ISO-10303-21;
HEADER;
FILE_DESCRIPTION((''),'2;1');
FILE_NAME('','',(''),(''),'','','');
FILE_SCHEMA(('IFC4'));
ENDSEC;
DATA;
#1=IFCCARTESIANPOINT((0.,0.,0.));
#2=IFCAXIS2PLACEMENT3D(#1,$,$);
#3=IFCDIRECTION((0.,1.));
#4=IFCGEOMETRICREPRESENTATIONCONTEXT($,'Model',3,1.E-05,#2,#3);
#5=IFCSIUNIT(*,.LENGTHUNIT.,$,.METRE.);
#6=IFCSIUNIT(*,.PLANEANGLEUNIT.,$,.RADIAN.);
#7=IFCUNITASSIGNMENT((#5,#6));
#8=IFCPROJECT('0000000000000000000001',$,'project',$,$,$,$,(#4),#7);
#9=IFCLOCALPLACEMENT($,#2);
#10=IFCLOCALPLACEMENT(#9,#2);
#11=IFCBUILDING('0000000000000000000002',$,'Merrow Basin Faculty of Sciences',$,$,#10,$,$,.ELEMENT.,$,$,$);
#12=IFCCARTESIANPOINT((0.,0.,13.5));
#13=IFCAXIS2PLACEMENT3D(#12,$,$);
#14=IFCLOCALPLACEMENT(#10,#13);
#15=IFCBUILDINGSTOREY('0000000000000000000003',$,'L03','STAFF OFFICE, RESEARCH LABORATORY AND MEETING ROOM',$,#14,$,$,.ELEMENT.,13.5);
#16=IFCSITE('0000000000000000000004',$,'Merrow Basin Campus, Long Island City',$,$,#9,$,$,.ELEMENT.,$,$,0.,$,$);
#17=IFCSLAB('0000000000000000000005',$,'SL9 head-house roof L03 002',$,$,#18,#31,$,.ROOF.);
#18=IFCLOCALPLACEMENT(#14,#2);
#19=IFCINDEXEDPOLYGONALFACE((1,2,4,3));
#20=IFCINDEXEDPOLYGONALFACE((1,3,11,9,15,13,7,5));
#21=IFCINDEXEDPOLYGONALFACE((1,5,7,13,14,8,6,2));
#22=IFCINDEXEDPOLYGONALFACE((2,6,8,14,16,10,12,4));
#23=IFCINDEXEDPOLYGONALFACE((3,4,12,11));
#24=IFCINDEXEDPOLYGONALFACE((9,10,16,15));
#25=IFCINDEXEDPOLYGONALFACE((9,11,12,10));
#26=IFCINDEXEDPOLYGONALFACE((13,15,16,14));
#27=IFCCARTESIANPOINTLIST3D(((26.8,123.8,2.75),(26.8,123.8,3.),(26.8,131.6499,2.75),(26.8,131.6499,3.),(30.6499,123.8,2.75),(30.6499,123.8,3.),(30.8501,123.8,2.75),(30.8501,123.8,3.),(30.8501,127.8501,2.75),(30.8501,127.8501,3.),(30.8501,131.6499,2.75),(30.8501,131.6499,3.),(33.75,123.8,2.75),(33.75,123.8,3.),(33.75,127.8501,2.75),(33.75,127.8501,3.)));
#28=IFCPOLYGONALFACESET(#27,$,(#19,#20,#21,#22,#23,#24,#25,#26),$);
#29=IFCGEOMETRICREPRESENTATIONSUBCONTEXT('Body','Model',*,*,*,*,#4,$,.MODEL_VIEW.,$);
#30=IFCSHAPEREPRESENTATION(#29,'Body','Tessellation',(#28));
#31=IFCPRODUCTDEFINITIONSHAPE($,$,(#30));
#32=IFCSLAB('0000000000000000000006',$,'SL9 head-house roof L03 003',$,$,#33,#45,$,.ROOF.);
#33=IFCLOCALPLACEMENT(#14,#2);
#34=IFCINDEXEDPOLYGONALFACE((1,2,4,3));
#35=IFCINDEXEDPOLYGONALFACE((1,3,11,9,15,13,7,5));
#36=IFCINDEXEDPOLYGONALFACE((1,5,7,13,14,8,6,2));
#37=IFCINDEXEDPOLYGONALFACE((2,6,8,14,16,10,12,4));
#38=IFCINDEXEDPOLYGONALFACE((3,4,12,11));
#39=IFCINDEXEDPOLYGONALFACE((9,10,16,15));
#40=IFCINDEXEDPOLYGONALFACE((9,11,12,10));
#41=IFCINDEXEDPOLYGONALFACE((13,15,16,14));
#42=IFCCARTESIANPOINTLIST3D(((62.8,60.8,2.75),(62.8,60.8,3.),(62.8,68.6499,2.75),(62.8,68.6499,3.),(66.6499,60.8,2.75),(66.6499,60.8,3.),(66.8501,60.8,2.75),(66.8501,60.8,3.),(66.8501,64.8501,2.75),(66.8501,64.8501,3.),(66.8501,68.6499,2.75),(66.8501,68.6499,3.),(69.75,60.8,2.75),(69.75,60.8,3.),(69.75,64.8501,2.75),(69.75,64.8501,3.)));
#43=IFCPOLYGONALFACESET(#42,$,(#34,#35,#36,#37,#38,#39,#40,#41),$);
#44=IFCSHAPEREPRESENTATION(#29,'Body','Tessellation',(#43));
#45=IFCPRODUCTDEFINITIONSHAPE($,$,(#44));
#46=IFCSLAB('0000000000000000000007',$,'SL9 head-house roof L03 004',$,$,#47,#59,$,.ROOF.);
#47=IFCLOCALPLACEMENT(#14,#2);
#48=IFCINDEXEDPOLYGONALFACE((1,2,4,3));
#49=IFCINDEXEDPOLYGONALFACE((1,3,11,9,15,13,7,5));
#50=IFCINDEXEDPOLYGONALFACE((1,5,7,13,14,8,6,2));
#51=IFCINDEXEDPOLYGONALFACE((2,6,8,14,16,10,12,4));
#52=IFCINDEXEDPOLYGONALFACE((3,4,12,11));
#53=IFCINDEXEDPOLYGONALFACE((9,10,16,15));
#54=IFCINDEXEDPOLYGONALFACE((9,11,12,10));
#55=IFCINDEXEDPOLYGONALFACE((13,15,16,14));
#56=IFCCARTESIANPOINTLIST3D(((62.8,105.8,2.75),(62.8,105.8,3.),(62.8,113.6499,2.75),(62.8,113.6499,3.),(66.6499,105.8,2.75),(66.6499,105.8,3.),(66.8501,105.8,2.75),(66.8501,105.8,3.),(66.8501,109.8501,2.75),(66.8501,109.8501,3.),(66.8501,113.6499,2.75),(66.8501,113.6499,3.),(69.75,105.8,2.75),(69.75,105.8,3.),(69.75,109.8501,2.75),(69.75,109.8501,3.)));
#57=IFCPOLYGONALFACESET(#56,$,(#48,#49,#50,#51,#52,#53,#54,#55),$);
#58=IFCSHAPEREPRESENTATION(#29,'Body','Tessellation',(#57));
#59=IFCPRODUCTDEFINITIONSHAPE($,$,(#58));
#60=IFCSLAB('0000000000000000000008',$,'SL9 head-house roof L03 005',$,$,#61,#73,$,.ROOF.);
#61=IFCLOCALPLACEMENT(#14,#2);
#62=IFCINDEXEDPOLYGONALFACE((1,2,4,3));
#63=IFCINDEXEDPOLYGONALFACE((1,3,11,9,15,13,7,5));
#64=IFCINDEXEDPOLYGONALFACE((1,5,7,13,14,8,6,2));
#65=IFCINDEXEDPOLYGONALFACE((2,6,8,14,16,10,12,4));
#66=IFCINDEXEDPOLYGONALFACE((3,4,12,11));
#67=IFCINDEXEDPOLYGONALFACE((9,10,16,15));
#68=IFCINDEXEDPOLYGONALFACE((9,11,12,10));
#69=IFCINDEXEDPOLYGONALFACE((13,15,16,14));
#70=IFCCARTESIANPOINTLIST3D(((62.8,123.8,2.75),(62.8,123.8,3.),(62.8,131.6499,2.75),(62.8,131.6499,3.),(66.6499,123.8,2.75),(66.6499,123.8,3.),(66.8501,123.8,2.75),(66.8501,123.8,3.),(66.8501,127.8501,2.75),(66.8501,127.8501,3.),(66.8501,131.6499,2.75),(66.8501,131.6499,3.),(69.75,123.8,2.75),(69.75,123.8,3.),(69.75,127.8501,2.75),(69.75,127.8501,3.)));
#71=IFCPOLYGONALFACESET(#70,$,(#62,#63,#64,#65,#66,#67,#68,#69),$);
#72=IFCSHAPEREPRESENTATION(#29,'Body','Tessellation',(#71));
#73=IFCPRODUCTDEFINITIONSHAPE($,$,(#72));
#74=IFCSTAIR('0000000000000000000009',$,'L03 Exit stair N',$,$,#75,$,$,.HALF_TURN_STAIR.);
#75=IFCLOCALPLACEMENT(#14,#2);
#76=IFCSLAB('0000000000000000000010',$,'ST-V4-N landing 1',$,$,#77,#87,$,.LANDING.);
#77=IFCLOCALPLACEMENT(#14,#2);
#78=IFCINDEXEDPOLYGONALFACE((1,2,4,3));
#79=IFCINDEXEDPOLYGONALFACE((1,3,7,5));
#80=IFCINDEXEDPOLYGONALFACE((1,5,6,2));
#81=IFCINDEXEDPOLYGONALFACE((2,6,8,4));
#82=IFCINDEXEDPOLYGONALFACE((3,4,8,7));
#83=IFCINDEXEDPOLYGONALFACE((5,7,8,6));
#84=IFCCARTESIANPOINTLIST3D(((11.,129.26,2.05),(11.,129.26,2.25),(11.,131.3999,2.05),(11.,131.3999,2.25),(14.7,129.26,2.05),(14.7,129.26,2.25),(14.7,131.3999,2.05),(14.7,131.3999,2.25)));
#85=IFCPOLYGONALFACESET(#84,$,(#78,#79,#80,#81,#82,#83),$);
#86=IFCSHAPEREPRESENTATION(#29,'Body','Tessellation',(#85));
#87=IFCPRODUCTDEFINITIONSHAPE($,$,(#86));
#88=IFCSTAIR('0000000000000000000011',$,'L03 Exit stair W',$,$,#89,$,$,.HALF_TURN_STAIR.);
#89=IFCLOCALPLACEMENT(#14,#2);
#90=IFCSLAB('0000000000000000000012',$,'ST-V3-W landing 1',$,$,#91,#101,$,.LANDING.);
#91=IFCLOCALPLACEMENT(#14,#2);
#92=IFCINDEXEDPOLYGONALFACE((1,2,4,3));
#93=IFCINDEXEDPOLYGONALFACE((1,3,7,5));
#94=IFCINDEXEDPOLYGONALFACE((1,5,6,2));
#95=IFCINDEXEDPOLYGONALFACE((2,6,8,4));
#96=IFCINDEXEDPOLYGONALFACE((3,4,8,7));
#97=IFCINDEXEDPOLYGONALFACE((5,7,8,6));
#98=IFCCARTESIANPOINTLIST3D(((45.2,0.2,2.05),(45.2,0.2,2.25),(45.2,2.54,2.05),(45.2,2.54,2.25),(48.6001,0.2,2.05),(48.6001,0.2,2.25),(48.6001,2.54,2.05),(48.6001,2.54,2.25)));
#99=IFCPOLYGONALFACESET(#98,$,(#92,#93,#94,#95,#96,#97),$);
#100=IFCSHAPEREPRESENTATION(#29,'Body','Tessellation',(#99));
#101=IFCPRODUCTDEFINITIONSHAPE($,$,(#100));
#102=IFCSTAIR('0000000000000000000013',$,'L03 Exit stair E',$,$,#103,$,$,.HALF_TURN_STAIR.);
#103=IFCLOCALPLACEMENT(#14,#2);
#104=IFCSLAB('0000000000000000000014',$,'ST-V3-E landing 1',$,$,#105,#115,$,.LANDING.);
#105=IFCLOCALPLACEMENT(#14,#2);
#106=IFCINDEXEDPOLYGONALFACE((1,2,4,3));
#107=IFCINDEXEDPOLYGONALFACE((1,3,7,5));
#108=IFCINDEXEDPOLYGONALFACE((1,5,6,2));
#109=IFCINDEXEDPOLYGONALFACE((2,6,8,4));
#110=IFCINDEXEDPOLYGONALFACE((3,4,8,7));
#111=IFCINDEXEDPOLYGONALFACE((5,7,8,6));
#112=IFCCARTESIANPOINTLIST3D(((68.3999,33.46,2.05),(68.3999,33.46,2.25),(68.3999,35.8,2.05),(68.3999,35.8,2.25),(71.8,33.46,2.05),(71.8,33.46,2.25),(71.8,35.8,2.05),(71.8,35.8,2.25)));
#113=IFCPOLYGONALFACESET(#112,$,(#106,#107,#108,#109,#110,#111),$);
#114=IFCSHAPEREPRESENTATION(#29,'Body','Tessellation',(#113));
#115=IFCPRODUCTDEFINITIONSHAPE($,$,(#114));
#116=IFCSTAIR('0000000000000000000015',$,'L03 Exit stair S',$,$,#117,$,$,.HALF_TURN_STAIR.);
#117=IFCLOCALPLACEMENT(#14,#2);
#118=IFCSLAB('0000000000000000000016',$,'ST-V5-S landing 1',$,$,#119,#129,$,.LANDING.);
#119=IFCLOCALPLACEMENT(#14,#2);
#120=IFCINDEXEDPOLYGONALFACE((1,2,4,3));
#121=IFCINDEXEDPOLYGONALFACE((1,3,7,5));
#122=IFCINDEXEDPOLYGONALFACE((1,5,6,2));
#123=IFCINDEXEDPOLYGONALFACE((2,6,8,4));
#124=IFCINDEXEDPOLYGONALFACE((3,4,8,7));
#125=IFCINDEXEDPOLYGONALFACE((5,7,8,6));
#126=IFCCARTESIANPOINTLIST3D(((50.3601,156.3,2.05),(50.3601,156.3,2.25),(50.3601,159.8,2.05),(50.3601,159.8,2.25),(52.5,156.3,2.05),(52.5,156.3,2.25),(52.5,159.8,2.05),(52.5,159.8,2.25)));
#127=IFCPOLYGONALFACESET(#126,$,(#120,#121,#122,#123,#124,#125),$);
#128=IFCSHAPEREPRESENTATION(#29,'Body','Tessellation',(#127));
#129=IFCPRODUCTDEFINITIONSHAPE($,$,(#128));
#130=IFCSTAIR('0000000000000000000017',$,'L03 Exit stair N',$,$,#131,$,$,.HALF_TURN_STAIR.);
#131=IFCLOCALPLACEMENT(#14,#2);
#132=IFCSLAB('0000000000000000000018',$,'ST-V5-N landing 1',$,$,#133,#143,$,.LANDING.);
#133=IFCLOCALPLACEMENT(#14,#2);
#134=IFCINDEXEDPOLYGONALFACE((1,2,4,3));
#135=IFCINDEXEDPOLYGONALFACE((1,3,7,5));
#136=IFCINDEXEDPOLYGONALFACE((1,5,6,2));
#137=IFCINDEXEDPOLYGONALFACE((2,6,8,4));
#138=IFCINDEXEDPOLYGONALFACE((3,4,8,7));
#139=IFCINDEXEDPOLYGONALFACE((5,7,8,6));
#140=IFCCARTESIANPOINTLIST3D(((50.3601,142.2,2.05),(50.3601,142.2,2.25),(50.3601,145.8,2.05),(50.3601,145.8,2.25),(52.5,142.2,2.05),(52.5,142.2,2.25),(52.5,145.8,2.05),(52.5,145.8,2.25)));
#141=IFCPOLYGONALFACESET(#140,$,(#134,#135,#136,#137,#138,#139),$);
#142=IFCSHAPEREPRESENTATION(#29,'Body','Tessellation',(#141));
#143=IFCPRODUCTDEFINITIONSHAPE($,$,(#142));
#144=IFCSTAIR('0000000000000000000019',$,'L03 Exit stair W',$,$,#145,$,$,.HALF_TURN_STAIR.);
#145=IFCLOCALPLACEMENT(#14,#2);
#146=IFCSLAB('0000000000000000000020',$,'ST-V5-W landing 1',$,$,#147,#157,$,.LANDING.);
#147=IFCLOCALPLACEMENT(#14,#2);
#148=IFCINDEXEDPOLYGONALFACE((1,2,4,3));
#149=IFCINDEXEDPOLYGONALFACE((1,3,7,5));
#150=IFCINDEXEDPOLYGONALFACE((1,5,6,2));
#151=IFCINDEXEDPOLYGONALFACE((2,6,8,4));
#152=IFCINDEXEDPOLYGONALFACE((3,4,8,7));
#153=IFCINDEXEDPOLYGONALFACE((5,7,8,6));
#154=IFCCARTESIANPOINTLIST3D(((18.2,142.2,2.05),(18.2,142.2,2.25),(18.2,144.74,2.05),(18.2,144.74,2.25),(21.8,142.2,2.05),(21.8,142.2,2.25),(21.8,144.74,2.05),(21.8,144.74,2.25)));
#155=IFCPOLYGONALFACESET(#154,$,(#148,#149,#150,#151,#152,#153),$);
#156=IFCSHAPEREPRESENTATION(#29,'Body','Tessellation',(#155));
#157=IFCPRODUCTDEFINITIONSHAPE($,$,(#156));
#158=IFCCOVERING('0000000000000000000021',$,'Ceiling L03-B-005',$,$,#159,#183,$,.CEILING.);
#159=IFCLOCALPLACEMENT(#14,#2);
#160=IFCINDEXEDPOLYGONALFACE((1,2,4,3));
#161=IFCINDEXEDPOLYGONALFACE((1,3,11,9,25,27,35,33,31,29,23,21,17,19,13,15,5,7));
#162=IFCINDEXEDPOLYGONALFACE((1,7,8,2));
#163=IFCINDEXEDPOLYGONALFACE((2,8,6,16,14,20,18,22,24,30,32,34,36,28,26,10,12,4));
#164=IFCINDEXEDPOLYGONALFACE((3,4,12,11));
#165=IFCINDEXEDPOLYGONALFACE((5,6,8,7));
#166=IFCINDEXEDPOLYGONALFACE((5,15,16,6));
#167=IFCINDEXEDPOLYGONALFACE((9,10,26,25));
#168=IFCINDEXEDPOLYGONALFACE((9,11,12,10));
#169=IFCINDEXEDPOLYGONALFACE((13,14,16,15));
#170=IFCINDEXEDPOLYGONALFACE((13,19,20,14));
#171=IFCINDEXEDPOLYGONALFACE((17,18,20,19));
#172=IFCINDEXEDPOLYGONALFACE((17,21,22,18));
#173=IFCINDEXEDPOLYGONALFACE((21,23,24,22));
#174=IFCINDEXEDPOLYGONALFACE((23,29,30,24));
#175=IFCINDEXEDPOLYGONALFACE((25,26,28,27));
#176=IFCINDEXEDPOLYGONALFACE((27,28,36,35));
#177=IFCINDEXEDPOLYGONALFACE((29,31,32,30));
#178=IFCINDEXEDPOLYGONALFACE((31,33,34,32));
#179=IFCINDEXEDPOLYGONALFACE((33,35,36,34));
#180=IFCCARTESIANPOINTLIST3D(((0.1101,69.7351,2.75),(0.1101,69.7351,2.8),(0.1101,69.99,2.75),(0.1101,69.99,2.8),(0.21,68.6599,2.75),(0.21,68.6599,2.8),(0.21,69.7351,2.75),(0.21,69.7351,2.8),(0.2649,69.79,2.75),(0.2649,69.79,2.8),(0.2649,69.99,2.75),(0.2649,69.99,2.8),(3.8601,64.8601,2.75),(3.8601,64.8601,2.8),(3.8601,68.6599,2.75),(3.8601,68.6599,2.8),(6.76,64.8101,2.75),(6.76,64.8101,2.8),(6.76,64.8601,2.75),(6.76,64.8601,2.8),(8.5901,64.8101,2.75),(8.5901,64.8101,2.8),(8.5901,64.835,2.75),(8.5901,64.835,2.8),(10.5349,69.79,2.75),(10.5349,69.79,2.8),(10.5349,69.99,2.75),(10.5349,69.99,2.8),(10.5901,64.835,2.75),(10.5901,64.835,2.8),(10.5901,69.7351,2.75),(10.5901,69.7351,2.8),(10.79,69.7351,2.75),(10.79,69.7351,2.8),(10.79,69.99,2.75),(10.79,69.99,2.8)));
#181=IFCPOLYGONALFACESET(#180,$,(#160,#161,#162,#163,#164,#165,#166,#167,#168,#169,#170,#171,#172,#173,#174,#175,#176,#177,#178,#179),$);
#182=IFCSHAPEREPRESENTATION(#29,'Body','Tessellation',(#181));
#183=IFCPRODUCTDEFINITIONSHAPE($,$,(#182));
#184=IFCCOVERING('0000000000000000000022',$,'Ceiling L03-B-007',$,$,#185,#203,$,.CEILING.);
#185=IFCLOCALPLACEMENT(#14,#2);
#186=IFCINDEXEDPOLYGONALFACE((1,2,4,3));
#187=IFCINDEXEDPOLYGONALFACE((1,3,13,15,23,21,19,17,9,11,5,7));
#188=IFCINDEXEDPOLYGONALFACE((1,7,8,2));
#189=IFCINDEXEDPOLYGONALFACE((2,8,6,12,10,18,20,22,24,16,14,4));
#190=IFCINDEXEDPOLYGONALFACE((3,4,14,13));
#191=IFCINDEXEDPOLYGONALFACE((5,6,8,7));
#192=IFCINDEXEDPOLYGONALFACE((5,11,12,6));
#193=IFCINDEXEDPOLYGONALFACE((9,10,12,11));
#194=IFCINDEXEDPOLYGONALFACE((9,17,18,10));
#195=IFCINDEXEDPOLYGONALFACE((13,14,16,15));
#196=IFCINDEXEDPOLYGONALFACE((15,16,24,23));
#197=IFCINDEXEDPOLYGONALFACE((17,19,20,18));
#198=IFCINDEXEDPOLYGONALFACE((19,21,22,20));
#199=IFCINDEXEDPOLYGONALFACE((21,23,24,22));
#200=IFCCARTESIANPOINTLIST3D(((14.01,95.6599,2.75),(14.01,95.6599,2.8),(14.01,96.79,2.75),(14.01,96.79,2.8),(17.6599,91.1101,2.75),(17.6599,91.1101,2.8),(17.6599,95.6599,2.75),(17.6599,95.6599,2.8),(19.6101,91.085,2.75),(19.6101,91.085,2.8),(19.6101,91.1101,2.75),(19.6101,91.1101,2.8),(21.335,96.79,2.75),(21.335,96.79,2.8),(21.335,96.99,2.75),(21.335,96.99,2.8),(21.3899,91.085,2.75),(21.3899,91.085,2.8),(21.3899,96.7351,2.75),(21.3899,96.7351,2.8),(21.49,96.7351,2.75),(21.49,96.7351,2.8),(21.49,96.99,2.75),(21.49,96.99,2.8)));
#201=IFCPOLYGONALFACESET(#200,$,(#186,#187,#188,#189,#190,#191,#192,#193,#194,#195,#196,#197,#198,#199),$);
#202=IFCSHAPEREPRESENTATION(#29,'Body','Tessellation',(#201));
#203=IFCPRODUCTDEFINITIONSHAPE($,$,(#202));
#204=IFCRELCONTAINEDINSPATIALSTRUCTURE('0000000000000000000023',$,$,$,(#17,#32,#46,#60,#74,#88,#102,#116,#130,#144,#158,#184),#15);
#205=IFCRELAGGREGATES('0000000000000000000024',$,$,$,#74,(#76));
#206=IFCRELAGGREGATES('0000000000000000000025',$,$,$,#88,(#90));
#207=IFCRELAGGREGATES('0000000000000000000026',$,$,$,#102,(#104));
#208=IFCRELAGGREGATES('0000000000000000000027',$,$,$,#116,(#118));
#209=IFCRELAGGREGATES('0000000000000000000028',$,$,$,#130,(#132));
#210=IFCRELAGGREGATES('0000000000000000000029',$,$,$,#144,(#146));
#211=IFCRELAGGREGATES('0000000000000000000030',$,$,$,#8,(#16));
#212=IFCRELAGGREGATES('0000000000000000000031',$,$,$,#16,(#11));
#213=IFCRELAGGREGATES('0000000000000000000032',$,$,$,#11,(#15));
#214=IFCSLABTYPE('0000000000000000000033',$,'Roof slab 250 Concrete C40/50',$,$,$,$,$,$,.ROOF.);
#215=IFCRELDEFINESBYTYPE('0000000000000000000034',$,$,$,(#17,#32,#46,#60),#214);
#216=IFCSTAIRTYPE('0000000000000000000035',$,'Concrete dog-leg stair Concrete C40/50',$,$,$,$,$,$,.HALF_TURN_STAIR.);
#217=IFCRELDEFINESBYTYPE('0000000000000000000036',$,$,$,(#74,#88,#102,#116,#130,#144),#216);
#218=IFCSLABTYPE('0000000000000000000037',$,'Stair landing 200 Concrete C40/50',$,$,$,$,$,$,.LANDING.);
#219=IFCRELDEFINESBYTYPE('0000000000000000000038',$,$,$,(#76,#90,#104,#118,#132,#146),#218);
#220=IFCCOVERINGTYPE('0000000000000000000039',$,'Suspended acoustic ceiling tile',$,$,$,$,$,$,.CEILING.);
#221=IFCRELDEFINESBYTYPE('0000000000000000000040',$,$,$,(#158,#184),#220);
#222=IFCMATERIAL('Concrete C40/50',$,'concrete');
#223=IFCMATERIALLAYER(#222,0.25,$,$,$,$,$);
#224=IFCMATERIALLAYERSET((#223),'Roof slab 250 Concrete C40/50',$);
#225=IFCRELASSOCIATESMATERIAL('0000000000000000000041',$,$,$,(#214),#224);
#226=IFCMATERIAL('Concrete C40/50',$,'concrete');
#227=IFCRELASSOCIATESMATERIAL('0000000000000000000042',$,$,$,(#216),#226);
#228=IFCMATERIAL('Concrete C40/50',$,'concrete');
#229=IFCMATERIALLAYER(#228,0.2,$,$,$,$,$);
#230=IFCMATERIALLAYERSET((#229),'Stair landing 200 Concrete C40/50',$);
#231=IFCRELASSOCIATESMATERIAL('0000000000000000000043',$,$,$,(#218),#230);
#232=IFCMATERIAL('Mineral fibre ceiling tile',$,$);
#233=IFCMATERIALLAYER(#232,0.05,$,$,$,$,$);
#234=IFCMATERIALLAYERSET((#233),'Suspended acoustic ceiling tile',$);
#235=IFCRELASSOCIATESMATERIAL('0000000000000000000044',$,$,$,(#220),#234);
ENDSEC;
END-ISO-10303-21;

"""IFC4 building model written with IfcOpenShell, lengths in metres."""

from ifc_helpers import new_model, si_unit, direction, frame, origin, place, context, subcontext, project, spatial, polyline, outline, extrude, material, layer, layer_set, type_object, element, aggregate, save


model = new_model("IFC4")

# Units and contexts
model_context = context("Model", 3, precision=1e-05, world=origin(), true_north=direction((0.0, 1.0)))
body_context = subcontext(model_context, "Body", "Model", "MODEL_VIEW")
ifc_project = project(units=[si_unit("LENGTHUNIT", "METRE"), si_unit("PLANEANGLEUNIT", "RADIAN")], contexts=[model_context])

# Site, building, storey
site_placement = place(None, origin())
site = spatial("IfcSite", under=ifc_project, at=site_placement, Name="Merrow Basin Campus, Long Island City", CompositionType="ELEMENT", RefElevation=0.0)
building_placement = place(site_placement, origin())
building = spatial("IfcBuilding", under=site, at=building_placement, Name="Merrow Basin Faculty of Sciences", CompositionType="ELEMENT")
storey_placement = place(building_placement, frame((0.0, 0.0, 13.5)))
storey = spatial("IfcBuildingStorey", under=building, at=storey_placement, Name="L03", Description="STAFF OFFICE, RESEARCH LABORATORY AND MEETING ROOM", CompositionType="ELEMENT", Elevation=13.5)

# Slabs
ifc_material_1 = material(Name="Concrete C40/50", Category="concrete")
ifc_layer_1 = layer(ifc_material_1, 0.25)
ifc_layer_set_1 = layer_set([ifc_layer_1], Name="Roof slab 250 Concrete C40/50")
slab_type_1 = type_object("IfcSlabType", Name="Roof slab 250 Concrete C40/50", PredefinedType="ROOF", material=ifc_layer_set_1)
slab_1_placement = place(storey_placement, frame((0.0, 0.0, 2.75)))
element("IfcSlab", 1, at=slab_1_placement, inside=storey, type_object=slab_type_1, Name="SL9 head-house roof L03 002", PredefinedType="ROOF", context=body_context, shape_type="SweptSolid", body=[
    extrude(outline(polyline([(30.8501, 123.8), (30.6499, 123.8), (26.8, 123.8), (26.8, 131.6499), (30.8501, 131.6499), (30.8501, 127.8501), (33.75, 127.8501), (33.75, 123.8), (30.8501, 123.8)])), origin(), (0.0, 0.0, 1.0), 0.25),
])
slab_2_placement = place(storey_placement, frame((0.0, 0.0, 2.75)))
element("IfcSlab", 2, at=slab_2_placement, inside=storey, type_object=slab_type_1, Name="SL9 head-house roof L03 003", PredefinedType="ROOF", context=body_context, shape_type="SweptSolid", body=[
    extrude(outline(polyline([(66.8501, 60.8), (66.6499, 60.8), (62.8, 60.8), (62.8, 68.6499), (66.8501, 68.6499), (66.8501, 64.8501), (69.75, 64.8501), (69.75, 60.8), (66.8501, 60.8)])), origin(), (0.0, 0.0, 1.0), 0.25),
])
slab_3_placement = place(storey_placement, frame((0.0, 0.0, 2.75)))
element("IfcSlab", 3, at=slab_3_placement, inside=storey, type_object=slab_type_1, Name="SL9 head-house roof L03 004", PredefinedType="ROOF", context=body_context, shape_type="SweptSolid", body=[
    extrude(outline(polyline([(66.8501, 105.8), (66.6499, 105.8), (62.8, 105.8), (62.8, 113.6499), (66.8501, 113.6499), (66.8501, 109.8501), (69.75, 109.8501), (69.75, 105.8), (66.8501, 105.8)])), origin(), (0.0, 0.0, 1.0), 0.25),
])
slab_4_placement = place(storey_placement, frame((0.0, 0.0, 2.75)))
element("IfcSlab", 4, at=slab_4_placement, inside=storey, type_object=slab_type_1, Name="SL9 head-house roof L03 005", PredefinedType="ROOF", context=body_context, shape_type="SweptSolid", body=[
    extrude(outline(polyline([(66.8501, 123.8), (66.6499, 123.8), (62.8, 123.8), (62.8, 131.6499), (66.8501, 131.6499), (66.8501, 127.8501), (69.75, 127.8501), (69.75, 123.8), (66.8501, 123.8)])), origin(), (0.0, 0.0, 1.0), 0.25),
])

# Stairs, slabs
ifc_material_2 = material(Name="Concrete C40/50", Category="concrete")
stair_type = type_object("IfcStairType", Name="Concrete dog-leg stair Concrete C40/50", PredefinedType="HALF_TURN_STAIR", material=ifc_material_2)
stair_1_placement = place(storey_placement, origin())
stair_1 = element("IfcStair", 5, at=stair_1_placement, inside=storey, type_object=stair_type, Name="L03 Exit stair N", PredefinedType="HALF_TURN_STAIR")
ifc_material_3 = material(Name="Concrete C40/50", Category="concrete")
ifc_layer_2 = layer(ifc_material_3, 0.2)
ifc_layer_set_2 = layer_set([ifc_layer_2], Name="Stair landing 200 Concrete C40/50")
slab_type_2 = type_object("IfcSlabType", Name="Stair landing 200 Concrete C40/50", PredefinedType="LANDING", material=ifc_layer_set_2)
slab_5_placement = place(storey_placement, frame((0.0, 0.0, 2.05)))
slab_5 = element("IfcSlab", 6, at=slab_5_placement, type_object=slab_type_2, Name="ST-V4-N landing 1", PredefinedType="LANDING", context=body_context, shape_type="SweptSolid", body=[
    extrude(outline(polyline([(11.0, 129.26), (14.7, 129.26), (14.7, 131.3999), (11.0, 131.3999), (11.0, 129.26)])), origin(), (0.0, 0.0, 1.0), 0.2),
])
aggregate(stair_1, [slab_5])
stair_2_placement = place(storey_placement, origin())
stair_2 = element("IfcStair", 7, at=stair_2_placement, inside=storey, type_object=stair_type, Name="L03 Exit stair W", PredefinedType="HALF_TURN_STAIR")
slab_6_placement = place(storey_placement, frame((0.0, 0.0, 2.05)))
slab_6 = element("IfcSlab", 8, at=slab_6_placement, type_object=slab_type_2, Name="ST-V3-W landing 1", PredefinedType="LANDING", context=body_context, shape_type="SweptSolid", body=[
    extrude(outline(polyline([(45.2, 0.2), (48.6001, 0.2), (48.6001, 2.54), (45.2, 2.54), (45.2, 0.2)])), origin(), (0.0, 0.0, 1.0), 0.2),
])
aggregate(stair_2, [slab_6])
stair_3_placement = place(storey_placement, origin())
stair_3 = element("IfcStair", 9, at=stair_3_placement, inside=storey, type_object=stair_type, Name="L03 Exit stair E", PredefinedType="HALF_TURN_STAIR")
slab_7_placement = place(storey_placement, frame((0.0, 0.0, 2.05)))
slab_7 = element("IfcSlab", 10, at=slab_7_placement, type_object=slab_type_2, Name="ST-V3-E landing 1", PredefinedType="LANDING", context=body_context, shape_type="SweptSolid", body=[
    extrude(outline(polyline([(68.3999, 33.46), (71.8, 33.46), (71.8, 35.8), (68.3999, 35.8), (68.3999, 33.46)])), origin(), (0.0, 0.0, 1.0), 0.2),
])
aggregate(stair_3, [slab_7])
stair_4_placement = place(storey_placement, origin())
stair_4 = element("IfcStair", 11, at=stair_4_placement, inside=storey, type_object=stair_type, Name="L03 Exit stair S", PredefinedType="HALF_TURN_STAIR")
slab_8_placement = place(storey_placement, frame((0.0, 0.0, 2.05)))
slab_8 = element("IfcSlab", 12, at=slab_8_placement, type_object=slab_type_2, Name="ST-V5-S landing 1", PredefinedType="LANDING", context=body_context, shape_type="SweptSolid", body=[
    extrude(outline(polyline([(50.3601, 156.3), (52.5, 156.3), (52.5, 159.8), (50.3601, 159.8), (50.3601, 156.3)])), origin(), (0.0, 0.0, 1.0), 0.2),
])
aggregate(stair_4, [slab_8])
stair_5_placement = place(storey_placement, origin())
stair_5 = element("IfcStair", 13, at=stair_5_placement, inside=storey, type_object=stair_type, Name="L03 Exit stair N", PredefinedType="HALF_TURN_STAIR")
slab_9_placement = place(storey_placement, frame((0.0, 0.0, 2.05)))
slab_9 = element("IfcSlab", 14, at=slab_9_placement, type_object=slab_type_2, Name="ST-V5-N landing 1", PredefinedType="LANDING", context=body_context, shape_type="SweptSolid", body=[
    extrude(outline(polyline([(50.3601, 142.2), (52.5, 142.2), (52.5, 145.8), (50.3601, 145.8), (50.3601, 142.2)])), origin(), (0.0, 0.0, 1.0), 0.2),
])
aggregate(stair_5, [slab_9])
stair_6_placement = place(storey_placement, origin())
stair_6 = element("IfcStair", 15, at=stair_6_placement, inside=storey, type_object=stair_type, Name="L03 Exit stair W", PredefinedType="HALF_TURN_STAIR")
slab_10_placement = place(storey_placement, frame((0.0, 0.0, 2.05)))
slab_10 = element("IfcSlab", 16, at=slab_10_placement, type_object=slab_type_2, Name="ST-V5-W landing 1", PredefinedType="LANDING", context=body_context, shape_type="SweptSolid", body=[
    extrude(outline(polyline([(18.2, 142.2), (21.8, 142.2), (21.8, 144.74), (18.2, 144.74), (18.2, 142.2)])), origin(), (0.0, 0.0, 1.0), 0.2),
])
aggregate(stair_6, [slab_10])

# Coverings
ifc_material_4 = material(Name="Mineral fibre ceiling tile")
ifc_layer_3 = layer(ifc_material_4, 0.05)
ifc_layer_set_3 = layer_set([ifc_layer_3], Name="Suspended acoustic ceiling tile")
covering_type = type_object("IfcCoveringType", Name="Suspended acoustic ceiling tile", PredefinedType="CEILING", material=ifc_layer_set_3)
covering_1_placement = place(storey_placement, frame((0.0, 0.0, 2.75)))
element("IfcCovering", 17, at=covering_1_placement, inside=storey, type_object=covering_type, Name="Ceiling L03-B-005", PredefinedType="CEILING", context=body_context, shape_type="SweptSolid", body=[
    extrude(outline(polyline([(10.5901, 64.835), (8.5901, 64.835), (8.5901, 64.8101), (6.76, 64.8101), (6.76, 64.8601), (3.8601, 64.8601), (3.8601, 68.6599), (0.21, 68.6599), (0.21, 69.7351), (0.1101, 69.7351), (0.1101, 69.99), (0.2649, 69.99), (0.2649, 69.79), (10.5349, 69.79), (10.5349, 69.99), (10.79, 69.99), (10.79, 69.7351), (10.5901, 69.7351), (10.5901, 64.835)])), origin(), (0.0, 0.0, 1.0), 0.05),
])
covering_2_placement = place(storey_placement, frame((0.0, 0.0, 2.75)))
element("IfcCovering", 18, at=covering_2_placement, inside=storey, type_object=covering_type, Name="Ceiling L03-B-007", PredefinedType="CEILING", context=body_context, shape_type="SweptSolid", body=[
    extrude(outline(polyline([(21.3899, 91.085), (19.6101, 91.085), (19.6101, 91.1101), (17.6599, 91.1101), (17.6599, 95.6599), (14.01, 95.6599), (14.01, 96.79), (21.335, 96.79), (21.335, 96.99), (21.49, 96.99), (21.49, 96.7351), (21.3899, 96.7351), (21.3899, 91.085)])), origin(), (0.0, 0.0, 1.0), 0.05),
])

save(model, "model.ifc")
